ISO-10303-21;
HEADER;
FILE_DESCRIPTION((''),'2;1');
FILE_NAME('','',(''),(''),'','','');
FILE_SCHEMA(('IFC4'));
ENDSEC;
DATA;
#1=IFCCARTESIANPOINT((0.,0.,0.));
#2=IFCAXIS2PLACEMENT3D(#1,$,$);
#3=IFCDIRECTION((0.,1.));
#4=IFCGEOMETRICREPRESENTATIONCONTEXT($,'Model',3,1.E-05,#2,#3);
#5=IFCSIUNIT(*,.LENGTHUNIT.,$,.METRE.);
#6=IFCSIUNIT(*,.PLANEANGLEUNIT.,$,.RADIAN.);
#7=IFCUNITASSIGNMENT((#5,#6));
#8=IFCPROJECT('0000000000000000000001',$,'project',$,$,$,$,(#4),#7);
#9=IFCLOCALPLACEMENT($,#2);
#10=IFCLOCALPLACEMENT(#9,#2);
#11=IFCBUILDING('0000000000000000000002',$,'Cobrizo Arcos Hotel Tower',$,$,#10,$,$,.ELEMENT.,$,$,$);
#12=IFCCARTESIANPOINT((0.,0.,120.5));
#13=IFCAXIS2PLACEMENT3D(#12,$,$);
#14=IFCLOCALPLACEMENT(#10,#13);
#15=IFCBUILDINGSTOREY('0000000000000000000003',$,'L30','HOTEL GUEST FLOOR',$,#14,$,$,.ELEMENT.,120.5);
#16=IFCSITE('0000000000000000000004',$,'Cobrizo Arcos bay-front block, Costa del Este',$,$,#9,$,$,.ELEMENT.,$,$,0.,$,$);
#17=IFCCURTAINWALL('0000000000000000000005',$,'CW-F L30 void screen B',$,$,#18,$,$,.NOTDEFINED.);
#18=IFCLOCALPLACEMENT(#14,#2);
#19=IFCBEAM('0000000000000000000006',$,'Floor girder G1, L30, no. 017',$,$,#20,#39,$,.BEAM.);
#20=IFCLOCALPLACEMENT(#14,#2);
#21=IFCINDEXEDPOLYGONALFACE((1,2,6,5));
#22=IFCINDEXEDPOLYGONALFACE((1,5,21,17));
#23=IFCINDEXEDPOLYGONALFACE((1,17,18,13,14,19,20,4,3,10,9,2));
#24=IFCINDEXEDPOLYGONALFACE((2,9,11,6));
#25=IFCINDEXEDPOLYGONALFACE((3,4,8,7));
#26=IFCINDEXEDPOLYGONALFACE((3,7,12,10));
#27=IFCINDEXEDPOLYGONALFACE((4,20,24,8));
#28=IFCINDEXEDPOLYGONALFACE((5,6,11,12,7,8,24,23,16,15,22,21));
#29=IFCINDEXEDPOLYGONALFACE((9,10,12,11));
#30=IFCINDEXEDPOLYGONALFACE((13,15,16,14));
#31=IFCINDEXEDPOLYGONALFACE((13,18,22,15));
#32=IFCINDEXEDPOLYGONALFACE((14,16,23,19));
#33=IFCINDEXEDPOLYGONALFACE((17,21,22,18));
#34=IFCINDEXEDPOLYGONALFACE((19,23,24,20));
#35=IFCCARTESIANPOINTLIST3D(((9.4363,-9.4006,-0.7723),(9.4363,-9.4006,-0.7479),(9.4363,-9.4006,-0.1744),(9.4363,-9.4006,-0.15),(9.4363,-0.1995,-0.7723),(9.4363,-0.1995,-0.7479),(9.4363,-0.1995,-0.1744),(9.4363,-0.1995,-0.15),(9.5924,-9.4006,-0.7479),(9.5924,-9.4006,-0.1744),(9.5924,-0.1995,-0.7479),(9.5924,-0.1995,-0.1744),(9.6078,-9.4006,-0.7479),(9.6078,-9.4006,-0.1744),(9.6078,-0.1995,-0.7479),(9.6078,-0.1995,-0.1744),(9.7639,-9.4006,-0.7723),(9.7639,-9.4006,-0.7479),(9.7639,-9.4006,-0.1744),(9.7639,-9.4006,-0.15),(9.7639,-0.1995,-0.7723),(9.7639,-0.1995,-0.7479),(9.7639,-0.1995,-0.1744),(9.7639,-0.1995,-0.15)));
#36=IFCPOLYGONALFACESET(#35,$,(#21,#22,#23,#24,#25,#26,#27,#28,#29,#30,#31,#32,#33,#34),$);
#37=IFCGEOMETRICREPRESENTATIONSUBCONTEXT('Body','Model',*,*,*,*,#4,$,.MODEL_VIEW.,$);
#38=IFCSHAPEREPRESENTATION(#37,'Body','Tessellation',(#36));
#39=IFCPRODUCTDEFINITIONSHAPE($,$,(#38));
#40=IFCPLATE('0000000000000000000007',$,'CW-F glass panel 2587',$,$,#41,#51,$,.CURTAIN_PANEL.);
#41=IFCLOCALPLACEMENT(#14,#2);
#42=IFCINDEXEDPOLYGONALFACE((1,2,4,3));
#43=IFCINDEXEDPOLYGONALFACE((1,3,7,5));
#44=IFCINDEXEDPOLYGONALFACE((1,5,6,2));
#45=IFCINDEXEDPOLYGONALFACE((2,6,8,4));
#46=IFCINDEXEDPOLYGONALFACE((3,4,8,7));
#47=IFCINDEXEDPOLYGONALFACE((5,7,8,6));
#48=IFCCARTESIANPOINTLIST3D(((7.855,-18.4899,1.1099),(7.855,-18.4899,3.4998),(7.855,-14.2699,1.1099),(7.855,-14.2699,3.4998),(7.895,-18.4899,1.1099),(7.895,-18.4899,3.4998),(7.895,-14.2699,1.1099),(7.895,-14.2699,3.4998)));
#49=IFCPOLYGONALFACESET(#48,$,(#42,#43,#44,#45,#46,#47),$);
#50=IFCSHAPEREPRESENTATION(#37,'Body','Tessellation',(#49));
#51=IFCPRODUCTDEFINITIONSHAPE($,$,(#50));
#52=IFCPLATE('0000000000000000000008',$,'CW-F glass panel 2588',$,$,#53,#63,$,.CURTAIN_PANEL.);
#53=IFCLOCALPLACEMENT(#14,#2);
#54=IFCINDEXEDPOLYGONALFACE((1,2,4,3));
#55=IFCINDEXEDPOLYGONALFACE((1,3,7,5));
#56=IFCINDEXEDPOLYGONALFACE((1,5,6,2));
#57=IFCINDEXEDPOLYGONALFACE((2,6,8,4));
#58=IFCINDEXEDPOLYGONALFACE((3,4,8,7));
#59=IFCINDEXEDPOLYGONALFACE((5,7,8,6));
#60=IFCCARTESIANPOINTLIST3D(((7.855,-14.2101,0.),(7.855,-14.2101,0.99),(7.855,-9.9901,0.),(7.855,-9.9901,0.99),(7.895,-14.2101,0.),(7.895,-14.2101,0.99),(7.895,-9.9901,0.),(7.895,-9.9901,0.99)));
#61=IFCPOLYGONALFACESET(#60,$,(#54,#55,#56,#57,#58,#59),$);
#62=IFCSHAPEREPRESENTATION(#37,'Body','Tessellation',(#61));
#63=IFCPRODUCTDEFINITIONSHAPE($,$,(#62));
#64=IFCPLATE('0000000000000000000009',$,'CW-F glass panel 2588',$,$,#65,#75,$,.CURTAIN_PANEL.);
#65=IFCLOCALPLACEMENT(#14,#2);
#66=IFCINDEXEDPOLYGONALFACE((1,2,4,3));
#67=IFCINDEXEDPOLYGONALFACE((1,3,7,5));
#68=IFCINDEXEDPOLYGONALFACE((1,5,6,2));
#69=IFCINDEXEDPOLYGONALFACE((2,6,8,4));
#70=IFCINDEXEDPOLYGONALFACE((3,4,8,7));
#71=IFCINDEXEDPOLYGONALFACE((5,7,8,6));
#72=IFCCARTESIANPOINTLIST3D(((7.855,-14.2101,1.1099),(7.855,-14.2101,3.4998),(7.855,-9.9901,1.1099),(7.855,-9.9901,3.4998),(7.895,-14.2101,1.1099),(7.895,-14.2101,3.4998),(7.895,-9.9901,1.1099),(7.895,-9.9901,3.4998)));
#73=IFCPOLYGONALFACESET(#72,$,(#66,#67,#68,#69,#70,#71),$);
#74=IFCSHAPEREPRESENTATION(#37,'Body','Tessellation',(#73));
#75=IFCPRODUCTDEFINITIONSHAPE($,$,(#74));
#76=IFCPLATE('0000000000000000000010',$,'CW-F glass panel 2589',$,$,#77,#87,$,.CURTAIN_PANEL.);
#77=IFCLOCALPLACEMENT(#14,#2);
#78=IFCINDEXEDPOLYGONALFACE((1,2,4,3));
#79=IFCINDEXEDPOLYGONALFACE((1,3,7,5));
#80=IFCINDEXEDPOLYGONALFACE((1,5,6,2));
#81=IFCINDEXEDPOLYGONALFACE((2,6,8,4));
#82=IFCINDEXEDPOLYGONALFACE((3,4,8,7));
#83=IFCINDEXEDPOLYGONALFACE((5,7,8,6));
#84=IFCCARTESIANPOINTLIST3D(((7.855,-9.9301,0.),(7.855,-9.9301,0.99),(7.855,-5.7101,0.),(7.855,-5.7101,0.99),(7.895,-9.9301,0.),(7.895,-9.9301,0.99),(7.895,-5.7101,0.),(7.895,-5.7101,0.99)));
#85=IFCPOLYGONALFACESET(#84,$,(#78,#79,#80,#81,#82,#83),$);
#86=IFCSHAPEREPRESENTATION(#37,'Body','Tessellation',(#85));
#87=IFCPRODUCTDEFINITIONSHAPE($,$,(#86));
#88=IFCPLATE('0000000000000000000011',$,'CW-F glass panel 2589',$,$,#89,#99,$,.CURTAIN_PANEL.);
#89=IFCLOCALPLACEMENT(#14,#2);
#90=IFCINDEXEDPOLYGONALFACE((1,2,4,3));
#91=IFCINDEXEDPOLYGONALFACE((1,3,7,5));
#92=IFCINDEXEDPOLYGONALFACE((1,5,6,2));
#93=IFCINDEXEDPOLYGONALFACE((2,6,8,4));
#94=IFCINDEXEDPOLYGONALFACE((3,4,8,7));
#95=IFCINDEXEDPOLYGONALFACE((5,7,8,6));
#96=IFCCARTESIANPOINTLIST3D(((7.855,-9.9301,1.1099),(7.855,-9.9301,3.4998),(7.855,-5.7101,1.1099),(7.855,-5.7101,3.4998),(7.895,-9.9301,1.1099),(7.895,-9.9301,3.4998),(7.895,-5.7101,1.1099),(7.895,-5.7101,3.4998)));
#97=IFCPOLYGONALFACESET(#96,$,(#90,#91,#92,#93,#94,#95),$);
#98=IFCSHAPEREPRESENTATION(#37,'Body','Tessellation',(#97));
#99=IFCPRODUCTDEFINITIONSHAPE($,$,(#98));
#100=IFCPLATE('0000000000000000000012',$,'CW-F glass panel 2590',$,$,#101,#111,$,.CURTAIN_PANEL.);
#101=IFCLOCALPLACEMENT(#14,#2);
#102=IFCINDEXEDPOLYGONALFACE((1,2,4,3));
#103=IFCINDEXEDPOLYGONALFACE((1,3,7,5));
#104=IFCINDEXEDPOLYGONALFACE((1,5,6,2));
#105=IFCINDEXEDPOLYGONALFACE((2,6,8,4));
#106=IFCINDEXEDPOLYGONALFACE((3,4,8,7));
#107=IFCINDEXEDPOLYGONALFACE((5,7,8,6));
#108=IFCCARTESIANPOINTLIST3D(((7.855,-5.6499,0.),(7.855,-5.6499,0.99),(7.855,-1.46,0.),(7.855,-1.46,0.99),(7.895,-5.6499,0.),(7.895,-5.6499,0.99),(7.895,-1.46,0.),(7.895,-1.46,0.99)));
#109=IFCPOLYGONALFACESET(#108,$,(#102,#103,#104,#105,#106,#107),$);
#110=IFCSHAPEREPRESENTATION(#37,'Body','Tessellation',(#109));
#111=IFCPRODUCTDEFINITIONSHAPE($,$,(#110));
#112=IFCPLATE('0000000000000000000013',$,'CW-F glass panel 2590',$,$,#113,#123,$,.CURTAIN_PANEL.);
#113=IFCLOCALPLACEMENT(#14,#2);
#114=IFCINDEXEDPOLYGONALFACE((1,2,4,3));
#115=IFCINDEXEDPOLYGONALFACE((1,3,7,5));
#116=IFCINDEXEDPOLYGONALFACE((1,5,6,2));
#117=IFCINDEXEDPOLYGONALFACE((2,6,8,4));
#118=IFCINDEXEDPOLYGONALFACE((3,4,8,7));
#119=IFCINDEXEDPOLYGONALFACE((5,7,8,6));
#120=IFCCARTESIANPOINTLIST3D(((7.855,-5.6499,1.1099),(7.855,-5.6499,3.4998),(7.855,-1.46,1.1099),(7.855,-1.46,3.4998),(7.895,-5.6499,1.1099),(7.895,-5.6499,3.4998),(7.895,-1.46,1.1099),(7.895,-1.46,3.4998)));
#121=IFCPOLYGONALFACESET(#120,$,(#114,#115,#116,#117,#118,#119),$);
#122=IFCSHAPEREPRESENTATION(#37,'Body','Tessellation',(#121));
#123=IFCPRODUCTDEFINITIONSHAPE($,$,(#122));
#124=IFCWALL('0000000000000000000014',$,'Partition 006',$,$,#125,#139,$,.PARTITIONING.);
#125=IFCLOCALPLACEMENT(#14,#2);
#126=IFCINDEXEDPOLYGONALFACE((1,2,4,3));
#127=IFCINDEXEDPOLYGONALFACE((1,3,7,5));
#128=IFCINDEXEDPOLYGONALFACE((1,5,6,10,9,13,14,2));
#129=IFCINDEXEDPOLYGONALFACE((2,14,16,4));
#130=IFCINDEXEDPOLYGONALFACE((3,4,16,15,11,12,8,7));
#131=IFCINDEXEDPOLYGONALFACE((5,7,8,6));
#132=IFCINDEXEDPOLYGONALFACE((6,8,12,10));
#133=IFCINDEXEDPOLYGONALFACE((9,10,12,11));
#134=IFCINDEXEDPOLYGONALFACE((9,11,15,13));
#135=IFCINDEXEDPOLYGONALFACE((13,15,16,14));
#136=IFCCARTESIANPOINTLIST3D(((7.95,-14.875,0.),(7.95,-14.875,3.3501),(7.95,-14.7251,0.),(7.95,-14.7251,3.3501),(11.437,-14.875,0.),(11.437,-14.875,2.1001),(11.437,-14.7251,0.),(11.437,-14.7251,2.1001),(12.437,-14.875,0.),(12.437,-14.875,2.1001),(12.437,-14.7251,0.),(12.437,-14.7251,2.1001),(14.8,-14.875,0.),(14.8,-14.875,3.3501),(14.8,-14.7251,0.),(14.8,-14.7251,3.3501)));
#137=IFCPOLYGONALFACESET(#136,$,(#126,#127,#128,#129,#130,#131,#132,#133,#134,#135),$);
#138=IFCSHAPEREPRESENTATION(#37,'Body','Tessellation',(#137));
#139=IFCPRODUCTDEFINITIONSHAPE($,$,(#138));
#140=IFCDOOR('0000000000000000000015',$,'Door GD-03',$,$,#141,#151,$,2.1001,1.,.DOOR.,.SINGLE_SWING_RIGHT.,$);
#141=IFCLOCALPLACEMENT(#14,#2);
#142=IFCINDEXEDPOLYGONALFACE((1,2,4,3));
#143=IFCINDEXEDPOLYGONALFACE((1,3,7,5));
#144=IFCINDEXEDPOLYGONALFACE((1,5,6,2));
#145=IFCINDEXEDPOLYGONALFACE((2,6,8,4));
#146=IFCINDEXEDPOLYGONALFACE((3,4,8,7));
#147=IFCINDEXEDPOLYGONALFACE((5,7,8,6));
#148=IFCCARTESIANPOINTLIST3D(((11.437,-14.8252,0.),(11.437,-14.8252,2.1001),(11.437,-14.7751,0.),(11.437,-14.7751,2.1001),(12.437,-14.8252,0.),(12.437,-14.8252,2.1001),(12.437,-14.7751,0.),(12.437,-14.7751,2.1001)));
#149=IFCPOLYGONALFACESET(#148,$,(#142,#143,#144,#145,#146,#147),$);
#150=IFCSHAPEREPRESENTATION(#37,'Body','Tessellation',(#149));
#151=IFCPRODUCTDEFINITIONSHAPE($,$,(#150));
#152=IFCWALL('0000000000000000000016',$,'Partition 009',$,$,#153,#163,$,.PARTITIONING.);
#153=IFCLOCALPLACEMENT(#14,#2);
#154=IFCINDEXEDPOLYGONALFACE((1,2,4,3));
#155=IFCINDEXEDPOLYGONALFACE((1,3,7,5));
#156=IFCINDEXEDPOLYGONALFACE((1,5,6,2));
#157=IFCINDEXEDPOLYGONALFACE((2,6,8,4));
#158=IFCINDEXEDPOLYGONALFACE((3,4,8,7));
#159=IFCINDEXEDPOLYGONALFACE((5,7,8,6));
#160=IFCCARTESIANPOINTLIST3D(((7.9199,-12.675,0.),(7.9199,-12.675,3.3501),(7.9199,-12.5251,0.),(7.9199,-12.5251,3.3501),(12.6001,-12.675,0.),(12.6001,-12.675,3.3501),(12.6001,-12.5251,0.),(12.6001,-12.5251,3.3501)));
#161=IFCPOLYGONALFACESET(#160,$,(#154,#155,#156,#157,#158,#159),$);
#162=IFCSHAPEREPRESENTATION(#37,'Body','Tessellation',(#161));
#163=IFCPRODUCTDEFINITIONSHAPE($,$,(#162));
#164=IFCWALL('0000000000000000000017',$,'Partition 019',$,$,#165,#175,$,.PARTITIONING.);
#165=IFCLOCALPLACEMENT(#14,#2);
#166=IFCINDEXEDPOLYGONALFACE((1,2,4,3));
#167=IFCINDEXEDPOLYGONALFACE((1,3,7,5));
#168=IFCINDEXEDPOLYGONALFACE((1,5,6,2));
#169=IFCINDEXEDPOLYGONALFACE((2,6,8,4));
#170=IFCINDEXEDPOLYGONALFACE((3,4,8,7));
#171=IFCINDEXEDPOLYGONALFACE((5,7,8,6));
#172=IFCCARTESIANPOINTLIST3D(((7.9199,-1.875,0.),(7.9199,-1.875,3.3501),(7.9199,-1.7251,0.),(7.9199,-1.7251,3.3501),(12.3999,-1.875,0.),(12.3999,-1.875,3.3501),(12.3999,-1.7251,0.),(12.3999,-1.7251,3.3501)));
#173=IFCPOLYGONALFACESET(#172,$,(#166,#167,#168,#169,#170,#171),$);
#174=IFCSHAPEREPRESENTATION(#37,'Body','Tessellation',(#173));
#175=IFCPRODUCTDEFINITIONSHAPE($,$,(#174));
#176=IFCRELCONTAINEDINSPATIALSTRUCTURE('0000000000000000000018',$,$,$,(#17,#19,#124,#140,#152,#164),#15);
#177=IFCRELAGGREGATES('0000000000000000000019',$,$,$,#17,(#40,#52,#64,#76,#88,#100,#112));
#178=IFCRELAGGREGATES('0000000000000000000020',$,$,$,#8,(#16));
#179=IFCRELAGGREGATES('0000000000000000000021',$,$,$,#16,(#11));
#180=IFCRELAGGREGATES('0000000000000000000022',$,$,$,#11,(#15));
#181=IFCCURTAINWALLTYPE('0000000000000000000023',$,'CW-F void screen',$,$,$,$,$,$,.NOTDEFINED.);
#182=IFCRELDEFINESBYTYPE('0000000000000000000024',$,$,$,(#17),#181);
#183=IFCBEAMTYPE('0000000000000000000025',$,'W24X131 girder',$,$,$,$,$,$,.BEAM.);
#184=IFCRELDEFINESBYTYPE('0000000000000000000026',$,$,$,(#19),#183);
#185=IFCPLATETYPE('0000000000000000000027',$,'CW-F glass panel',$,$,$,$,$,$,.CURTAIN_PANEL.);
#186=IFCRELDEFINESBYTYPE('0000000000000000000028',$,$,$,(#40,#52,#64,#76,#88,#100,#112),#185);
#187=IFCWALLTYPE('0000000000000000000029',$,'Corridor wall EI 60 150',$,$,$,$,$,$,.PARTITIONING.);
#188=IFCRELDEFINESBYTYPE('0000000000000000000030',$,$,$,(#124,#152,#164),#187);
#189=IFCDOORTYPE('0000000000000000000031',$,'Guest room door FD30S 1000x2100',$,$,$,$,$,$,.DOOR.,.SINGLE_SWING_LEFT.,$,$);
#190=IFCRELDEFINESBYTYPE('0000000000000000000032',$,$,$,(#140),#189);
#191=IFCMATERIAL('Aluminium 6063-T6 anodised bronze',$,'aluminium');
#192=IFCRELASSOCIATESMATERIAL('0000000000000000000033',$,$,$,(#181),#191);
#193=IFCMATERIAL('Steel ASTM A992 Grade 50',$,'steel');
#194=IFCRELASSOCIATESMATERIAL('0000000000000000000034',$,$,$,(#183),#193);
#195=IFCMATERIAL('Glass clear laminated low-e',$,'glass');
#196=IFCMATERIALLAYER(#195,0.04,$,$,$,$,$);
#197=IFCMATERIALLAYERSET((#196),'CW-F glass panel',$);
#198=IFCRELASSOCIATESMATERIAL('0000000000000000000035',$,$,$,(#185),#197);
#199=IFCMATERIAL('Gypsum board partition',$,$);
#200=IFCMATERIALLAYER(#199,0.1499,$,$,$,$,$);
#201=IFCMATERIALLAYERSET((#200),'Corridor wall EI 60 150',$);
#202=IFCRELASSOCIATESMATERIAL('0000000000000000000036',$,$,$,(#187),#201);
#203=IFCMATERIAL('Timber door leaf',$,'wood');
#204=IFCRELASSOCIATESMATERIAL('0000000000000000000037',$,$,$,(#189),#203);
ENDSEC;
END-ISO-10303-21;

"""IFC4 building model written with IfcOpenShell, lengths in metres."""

from ifc_helpers import new_model, si_unit, direction, frame, frame_2d, origin, origin_2d, place, context, subcontext, project, spatial, rectangle, i_section, extrude, material, layer, layer_set, material_profile, profile_set, type_object, element, fill, aggregate, save


model = new_model("IFC4")

# Units and contexts
model_context = context("Model", 3, precision=1e-05, world=origin(), true_north=direction((0.0, 1.0)))
body_context = subcontext(model_context, "Body", "Model", "MODEL_VIEW")
ifc_project = project(units=[si_unit("LENGTHUNIT", "METRE"), si_unit("PLANEANGLEUNIT", "RADIAN")], contexts=[model_context])

# Site, building, storey
site_placement = place(None, origin())
site = spatial("IfcSite", under=ifc_project, at=site_placement, Name="Cobrizo Arcos bay-front block, Costa del Este", CompositionType="ELEMENT", RefElevation=0.0)
building_placement = place(site_placement, origin())
building = spatial("IfcBuilding", under=site, at=building_placement, Name="Cobrizo Arcos Hotel Tower", CompositionType="ELEMENT")
storey_placement = place(building_placement, frame((0.0, 0.0, 120.5)))
storey = spatial("IfcBuildingStorey", under=building, at=storey_placement, Name="L30", Description="HOTEL GUEST FLOOR", CompositionType="ELEMENT", Elevation=120.5)

# Shared definitions
ifc_material_1 = material(Name="Steel ASTM A992 Grade 50", Category="steel")

# Curtain wall
ifc_material_2 = material(Name="Aluminium 6063-T6 anodised bronze", Category="aluminium")
curtain_wall_type = type_object("IfcCurtainWallType", Name="CW-F void screen", PredefinedType="NOTDEFINED", material=ifc_material_2)
curtain_wall_placement = place(storey_placement, origin())
curtain_wall = element("IfcCurtainWall", 1, at=curtain_wall_placement, inside=storey, type_object=curtain_wall_type, Name="CW-F L30 void screen B", PredefinedType="NOTDEFINED")

# Beam
ifc_material_profile_1 = material_profile(ifc_material_1, i_section(OverallWidth=0.3276, OverallDepth=0.6223, WebThickness=0.0154, FlangeThickness=0.0244, at=origin_2d()), Name="W24X131")
ifc_profile_set_1 = profile_set([ifc_material_profile_1], Name="Steel ASTM A992 Grade 50")
beam_type_1 = type_object("IfcBeamType", Name="W24X131 girder", PredefinedType="BEAM", material=ifc_profile_set_1)
beam_1_placement = place(storey_placement, frame((9.6001, -9.4006, -0.4612), z_axis=(0.0, 1.0, 0.0), x_axis=(-1.0, 0.0, 0.0)))
element("IfcBeam", 2, at=beam_1_placement, inside=storey, type_object=beam_type_1, Name="Floor girder G1, L30, no. 017", PredefinedType="BEAM", context=body_context, shape_type="SweptSolid", body=[
    extrude(i_section(OverallWidth=0.3276, OverallDepth=0.6223, WebThickness=0.0154, FlangeThickness=0.0244, at=origin_2d()), origin(), (0.0, 0.0, 1.0), 9.2012),
])

# Plates
ifc_material_3 = material(Name="Glass clear laminated low-e", Category="glass")
ifc_layer_1 = layer(ifc_material_3, 0.04)
ifc_layer_set_1 = layer_set([ifc_layer_1], Name="CW-F glass panel")
plate_type = type_object("IfcPlateType", Name="CW-F glass panel", PredefinedType="CURTAIN_PANEL", material=ifc_layer_set_1)
plate_1_placement = place(storey_placement, frame((7.875, -16.3799, 1.1099), z_axis=(0.0, 0.0, 1.0), x_axis=(0.0, 1.0, 0.0)))
plate_1 = element("IfcPlate", 3, at=plate_1_placement, type_object=plate_type, Name="CW-F glass panel 2587", PredefinedType="CURTAIN_PANEL", context=body_context, shape_type="SweptSolid", body=[
    extrude(rectangle(XDim=4.22, YDim=0.04, at=origin_2d()), origin(), (0.0, 0.0, 1.0), 2.3899),
])
plate_2_placement = place(storey_placement, frame((7.875, -12.1001, 0.0), z_axis=(0.0, 0.0, 1.0), x_axis=(0.0, 1.0, 0.0)))
plate_2 = element("IfcPlate", 4, at=plate_2_placement, type_object=plate_type, Name="CW-F glass panel 2588", PredefinedType="CURTAIN_PANEL", context=body_context, shape_type="SweptSolid", body=[
    extrude(rectangle(XDim=4.22, YDim=0.04, at=origin_2d()), origin(), (0.0, 0.0, 1.0), 0.99),
])
plate_3_placement = place(storey_placement, frame((7.875, -12.1001, 1.1099), z_axis=(0.0, 0.0, 1.0), x_axis=(0.0, 1.0, 0.0)))
plate_3 = element("IfcPlate", 5, at=plate_3_placement, type_object=plate_type, Name="CW-F glass panel 2588", PredefinedType="CURTAIN_PANEL", context=body_context, shape_type="SweptSolid", body=[
    extrude(rectangle(XDim=4.22, YDim=0.04, at=origin_2d()), origin(), (0.0, 0.0, 1.0), 2.3899),
])
plate_4_placement = place(storey_placement, frame((7.875, -7.8201, 0.0), z_axis=(0.0, 0.0, 1.0), x_axis=(0.0, 1.0, 0.0)))
plate_4 = element("IfcPlate", 6, at=plate_4_placement, type_object=plate_type, Name="CW-F glass panel 2589", PredefinedType="CURTAIN_PANEL", context=body_context, shape_type="SweptSolid", body=[
    extrude(rectangle(XDim=4.22, YDim=0.04, at=origin_2d()), origin(), (0.0, 0.0, 1.0), 0.99),
])
plate_5_placement = place(storey_placement, frame((7.875, -7.8201, 1.1099), z_axis=(0.0, 0.0, 1.0), x_axis=(0.0, 1.0, 0.0)))
plate_5 = element("IfcPlate", 7, at=plate_5_placement, type_object=plate_type, Name="CW-F glass panel 2589", PredefinedType="CURTAIN_PANEL", context=body_context, shape_type="SweptSolid", body=[
    extrude(rectangle(XDim=4.22, YDim=0.04, at=origin_2d()), origin(), (0.0, 0.0, 1.0), 2.3899),
])
plate_6_placement = place(storey_placement, frame((7.875, -3.5549, 0.0), z_axis=(0.0, 0.0, 1.0), x_axis=(0.0, 1.0, 0.0)))
plate_6 = element("IfcPlate", 8, at=plate_6_placement, type_object=plate_type, Name="CW-F glass panel 2590", PredefinedType="CURTAIN_PANEL", context=body_context, shape_type="SweptSolid", body=[
    extrude(rectangle(XDim=4.1899, YDim=0.04, at=origin_2d()), origin(), (0.0, 0.0, 1.0), 0.99),
])
plate_7_placement = place(storey_placement, frame((7.875, -3.5549, 1.1099), z_axis=(0.0, 0.0, 1.0), x_axis=(0.0, 1.0, 0.0)))
plate_7 = element("IfcPlate", 9, at=plate_7_placement, type_object=plate_type, Name="CW-F glass panel 2590", PredefinedType="CURTAIN_PANEL", context=body_context, shape_type="SweptSolid", body=[
    extrude(rectangle(XDim=4.1899, YDim=0.04, at=origin_2d()), origin(), (0.0, 0.0, 1.0), 2.3899),
])
aggregate(curtain_wall, [plate_1, plate_2, plate_3, plate_4, plate_5, plate_6, plate_7])

# Wall, opening, door
ifc_material_4 = material(Name="Gypsum board partition")
ifc_layer_2 = layer(ifc_material_4, 0.1499)
ifc_layer_set_2 = layer_set([ifc_layer_2], Name="Corridor wall EI 60 150")
wall_type_1 = type_object("IfcWallType", Name="Corridor wall EI 60 150", PredefinedType="PARTITIONING", material=ifc_layer_set_2)
wall_1_placement = place(storey_placement, frame((7.95, -14.8, 0.0), z_axis=(0.0, 0.0, 1.0), x_axis=(1.0, 0.0, 0.0)))
wall_1 = element("IfcWall", 10, at=wall_1_placement, inside=storey, type_object=wall_type_1, Name="Partition 006", PredefinedType="PARTITIONING", context=body_context, shape_type="SweptSolid", body=[
    extrude(rectangle(XDim=6.8501, YDim=0.1499, at=frame_2d((3.425, 0.0))), origin(), (0.0, 0.0, 1.0), 3.3501),
])
opening_1_placement = place(wall_1_placement, frame((3.4871, 0.0, 0.0)))
opening_1 = element("IfcOpeningElement", 11, at=opening_1_placement, cuts=wall_1, PredefinedType="OPENING", context=body_context, shape_type="SweptSolid", body=[
    extrude(rectangle(XDim=1.0, YDim=2.1001, at=frame_2d((0.5, 1.05))), frame((0.0, 0.0869, 0.0), z_axis=(0.0, -1.0, 0.0), x_axis=(1.0, 0.0, 0.0)), (0.0, 0.0, 1.0), 0.1738),
])
ifc_material_5 = material(Name="Timber door leaf", Category="wood")
door_type_1 = type_object("IfcDoorType", Name="Guest room door FD30S 1000x2100", OperationType="SINGLE_SWING_LEFT", PredefinedType="DOOR", material=ifc_material_5)
door_1_placement = place(opening_1_placement, origin())
door_1 = element("IfcDoor", 12, at=door_1_placement, inside=storey, type_object=door_type_1, Name="Door GD-03", OperationType="SINGLE_SWING_RIGHT", OverallHeight=2.1001, OverallWidth=1.0, PredefinedType="DOOR", context=body_context, shape_type="SweptSolid", body=[
    extrude(rectangle(XDim=1.0, YDim=2.1001, at=frame_2d((0.5, 1.05))), frame((0.0, 0.0249, 0.0), z_axis=(0.0, -1.0, 0.0), x_axis=(1.0, 0.0, 0.0)), (0.0, 0.0, 1.0), 0.05),
])
fill(opening_1, door_1)

# Walls
wall_2_placement = place(storey_placement, frame((7.9199, -12.6001, 0.0), z_axis=(0.0, 0.0, 1.0), x_axis=(1.0, 0.0, 0.0)))
element("IfcWall", 13, at=wall_2_placement, inside=storey, type_object=wall_type_1, Name="Partition 009", PredefinedType="PARTITIONING", context=body_context, shape_type="SweptSolid", body=[
    extrude(rectangle(XDim=4.6802, YDim=0.1499, at=frame_2d((2.3401, 0.0))), origin(), (0.0, 0.0, 1.0), 3.3501),
])
wall_3_placement = place(storey_placement, frame((7.9199, -1.8, 0.0), z_axis=(0.0, 0.0, 1.0), x_axis=(1.0, 0.0, 0.0)))
element("IfcWall", 14, at=wall_3_placement, inside=storey, type_object=wall_type_1, Name="Partition 019", PredefinedType="PARTITIONING", context=body_context, shape_type="SweptSolid", body=[
    extrude(rectangle(XDim=4.48, YDim=0.1499, at=frame_2d((2.24, 0.0))), origin(), (0.0, 0.0, 1.0), 3.3501),
])

save(model, "model.ifc")
